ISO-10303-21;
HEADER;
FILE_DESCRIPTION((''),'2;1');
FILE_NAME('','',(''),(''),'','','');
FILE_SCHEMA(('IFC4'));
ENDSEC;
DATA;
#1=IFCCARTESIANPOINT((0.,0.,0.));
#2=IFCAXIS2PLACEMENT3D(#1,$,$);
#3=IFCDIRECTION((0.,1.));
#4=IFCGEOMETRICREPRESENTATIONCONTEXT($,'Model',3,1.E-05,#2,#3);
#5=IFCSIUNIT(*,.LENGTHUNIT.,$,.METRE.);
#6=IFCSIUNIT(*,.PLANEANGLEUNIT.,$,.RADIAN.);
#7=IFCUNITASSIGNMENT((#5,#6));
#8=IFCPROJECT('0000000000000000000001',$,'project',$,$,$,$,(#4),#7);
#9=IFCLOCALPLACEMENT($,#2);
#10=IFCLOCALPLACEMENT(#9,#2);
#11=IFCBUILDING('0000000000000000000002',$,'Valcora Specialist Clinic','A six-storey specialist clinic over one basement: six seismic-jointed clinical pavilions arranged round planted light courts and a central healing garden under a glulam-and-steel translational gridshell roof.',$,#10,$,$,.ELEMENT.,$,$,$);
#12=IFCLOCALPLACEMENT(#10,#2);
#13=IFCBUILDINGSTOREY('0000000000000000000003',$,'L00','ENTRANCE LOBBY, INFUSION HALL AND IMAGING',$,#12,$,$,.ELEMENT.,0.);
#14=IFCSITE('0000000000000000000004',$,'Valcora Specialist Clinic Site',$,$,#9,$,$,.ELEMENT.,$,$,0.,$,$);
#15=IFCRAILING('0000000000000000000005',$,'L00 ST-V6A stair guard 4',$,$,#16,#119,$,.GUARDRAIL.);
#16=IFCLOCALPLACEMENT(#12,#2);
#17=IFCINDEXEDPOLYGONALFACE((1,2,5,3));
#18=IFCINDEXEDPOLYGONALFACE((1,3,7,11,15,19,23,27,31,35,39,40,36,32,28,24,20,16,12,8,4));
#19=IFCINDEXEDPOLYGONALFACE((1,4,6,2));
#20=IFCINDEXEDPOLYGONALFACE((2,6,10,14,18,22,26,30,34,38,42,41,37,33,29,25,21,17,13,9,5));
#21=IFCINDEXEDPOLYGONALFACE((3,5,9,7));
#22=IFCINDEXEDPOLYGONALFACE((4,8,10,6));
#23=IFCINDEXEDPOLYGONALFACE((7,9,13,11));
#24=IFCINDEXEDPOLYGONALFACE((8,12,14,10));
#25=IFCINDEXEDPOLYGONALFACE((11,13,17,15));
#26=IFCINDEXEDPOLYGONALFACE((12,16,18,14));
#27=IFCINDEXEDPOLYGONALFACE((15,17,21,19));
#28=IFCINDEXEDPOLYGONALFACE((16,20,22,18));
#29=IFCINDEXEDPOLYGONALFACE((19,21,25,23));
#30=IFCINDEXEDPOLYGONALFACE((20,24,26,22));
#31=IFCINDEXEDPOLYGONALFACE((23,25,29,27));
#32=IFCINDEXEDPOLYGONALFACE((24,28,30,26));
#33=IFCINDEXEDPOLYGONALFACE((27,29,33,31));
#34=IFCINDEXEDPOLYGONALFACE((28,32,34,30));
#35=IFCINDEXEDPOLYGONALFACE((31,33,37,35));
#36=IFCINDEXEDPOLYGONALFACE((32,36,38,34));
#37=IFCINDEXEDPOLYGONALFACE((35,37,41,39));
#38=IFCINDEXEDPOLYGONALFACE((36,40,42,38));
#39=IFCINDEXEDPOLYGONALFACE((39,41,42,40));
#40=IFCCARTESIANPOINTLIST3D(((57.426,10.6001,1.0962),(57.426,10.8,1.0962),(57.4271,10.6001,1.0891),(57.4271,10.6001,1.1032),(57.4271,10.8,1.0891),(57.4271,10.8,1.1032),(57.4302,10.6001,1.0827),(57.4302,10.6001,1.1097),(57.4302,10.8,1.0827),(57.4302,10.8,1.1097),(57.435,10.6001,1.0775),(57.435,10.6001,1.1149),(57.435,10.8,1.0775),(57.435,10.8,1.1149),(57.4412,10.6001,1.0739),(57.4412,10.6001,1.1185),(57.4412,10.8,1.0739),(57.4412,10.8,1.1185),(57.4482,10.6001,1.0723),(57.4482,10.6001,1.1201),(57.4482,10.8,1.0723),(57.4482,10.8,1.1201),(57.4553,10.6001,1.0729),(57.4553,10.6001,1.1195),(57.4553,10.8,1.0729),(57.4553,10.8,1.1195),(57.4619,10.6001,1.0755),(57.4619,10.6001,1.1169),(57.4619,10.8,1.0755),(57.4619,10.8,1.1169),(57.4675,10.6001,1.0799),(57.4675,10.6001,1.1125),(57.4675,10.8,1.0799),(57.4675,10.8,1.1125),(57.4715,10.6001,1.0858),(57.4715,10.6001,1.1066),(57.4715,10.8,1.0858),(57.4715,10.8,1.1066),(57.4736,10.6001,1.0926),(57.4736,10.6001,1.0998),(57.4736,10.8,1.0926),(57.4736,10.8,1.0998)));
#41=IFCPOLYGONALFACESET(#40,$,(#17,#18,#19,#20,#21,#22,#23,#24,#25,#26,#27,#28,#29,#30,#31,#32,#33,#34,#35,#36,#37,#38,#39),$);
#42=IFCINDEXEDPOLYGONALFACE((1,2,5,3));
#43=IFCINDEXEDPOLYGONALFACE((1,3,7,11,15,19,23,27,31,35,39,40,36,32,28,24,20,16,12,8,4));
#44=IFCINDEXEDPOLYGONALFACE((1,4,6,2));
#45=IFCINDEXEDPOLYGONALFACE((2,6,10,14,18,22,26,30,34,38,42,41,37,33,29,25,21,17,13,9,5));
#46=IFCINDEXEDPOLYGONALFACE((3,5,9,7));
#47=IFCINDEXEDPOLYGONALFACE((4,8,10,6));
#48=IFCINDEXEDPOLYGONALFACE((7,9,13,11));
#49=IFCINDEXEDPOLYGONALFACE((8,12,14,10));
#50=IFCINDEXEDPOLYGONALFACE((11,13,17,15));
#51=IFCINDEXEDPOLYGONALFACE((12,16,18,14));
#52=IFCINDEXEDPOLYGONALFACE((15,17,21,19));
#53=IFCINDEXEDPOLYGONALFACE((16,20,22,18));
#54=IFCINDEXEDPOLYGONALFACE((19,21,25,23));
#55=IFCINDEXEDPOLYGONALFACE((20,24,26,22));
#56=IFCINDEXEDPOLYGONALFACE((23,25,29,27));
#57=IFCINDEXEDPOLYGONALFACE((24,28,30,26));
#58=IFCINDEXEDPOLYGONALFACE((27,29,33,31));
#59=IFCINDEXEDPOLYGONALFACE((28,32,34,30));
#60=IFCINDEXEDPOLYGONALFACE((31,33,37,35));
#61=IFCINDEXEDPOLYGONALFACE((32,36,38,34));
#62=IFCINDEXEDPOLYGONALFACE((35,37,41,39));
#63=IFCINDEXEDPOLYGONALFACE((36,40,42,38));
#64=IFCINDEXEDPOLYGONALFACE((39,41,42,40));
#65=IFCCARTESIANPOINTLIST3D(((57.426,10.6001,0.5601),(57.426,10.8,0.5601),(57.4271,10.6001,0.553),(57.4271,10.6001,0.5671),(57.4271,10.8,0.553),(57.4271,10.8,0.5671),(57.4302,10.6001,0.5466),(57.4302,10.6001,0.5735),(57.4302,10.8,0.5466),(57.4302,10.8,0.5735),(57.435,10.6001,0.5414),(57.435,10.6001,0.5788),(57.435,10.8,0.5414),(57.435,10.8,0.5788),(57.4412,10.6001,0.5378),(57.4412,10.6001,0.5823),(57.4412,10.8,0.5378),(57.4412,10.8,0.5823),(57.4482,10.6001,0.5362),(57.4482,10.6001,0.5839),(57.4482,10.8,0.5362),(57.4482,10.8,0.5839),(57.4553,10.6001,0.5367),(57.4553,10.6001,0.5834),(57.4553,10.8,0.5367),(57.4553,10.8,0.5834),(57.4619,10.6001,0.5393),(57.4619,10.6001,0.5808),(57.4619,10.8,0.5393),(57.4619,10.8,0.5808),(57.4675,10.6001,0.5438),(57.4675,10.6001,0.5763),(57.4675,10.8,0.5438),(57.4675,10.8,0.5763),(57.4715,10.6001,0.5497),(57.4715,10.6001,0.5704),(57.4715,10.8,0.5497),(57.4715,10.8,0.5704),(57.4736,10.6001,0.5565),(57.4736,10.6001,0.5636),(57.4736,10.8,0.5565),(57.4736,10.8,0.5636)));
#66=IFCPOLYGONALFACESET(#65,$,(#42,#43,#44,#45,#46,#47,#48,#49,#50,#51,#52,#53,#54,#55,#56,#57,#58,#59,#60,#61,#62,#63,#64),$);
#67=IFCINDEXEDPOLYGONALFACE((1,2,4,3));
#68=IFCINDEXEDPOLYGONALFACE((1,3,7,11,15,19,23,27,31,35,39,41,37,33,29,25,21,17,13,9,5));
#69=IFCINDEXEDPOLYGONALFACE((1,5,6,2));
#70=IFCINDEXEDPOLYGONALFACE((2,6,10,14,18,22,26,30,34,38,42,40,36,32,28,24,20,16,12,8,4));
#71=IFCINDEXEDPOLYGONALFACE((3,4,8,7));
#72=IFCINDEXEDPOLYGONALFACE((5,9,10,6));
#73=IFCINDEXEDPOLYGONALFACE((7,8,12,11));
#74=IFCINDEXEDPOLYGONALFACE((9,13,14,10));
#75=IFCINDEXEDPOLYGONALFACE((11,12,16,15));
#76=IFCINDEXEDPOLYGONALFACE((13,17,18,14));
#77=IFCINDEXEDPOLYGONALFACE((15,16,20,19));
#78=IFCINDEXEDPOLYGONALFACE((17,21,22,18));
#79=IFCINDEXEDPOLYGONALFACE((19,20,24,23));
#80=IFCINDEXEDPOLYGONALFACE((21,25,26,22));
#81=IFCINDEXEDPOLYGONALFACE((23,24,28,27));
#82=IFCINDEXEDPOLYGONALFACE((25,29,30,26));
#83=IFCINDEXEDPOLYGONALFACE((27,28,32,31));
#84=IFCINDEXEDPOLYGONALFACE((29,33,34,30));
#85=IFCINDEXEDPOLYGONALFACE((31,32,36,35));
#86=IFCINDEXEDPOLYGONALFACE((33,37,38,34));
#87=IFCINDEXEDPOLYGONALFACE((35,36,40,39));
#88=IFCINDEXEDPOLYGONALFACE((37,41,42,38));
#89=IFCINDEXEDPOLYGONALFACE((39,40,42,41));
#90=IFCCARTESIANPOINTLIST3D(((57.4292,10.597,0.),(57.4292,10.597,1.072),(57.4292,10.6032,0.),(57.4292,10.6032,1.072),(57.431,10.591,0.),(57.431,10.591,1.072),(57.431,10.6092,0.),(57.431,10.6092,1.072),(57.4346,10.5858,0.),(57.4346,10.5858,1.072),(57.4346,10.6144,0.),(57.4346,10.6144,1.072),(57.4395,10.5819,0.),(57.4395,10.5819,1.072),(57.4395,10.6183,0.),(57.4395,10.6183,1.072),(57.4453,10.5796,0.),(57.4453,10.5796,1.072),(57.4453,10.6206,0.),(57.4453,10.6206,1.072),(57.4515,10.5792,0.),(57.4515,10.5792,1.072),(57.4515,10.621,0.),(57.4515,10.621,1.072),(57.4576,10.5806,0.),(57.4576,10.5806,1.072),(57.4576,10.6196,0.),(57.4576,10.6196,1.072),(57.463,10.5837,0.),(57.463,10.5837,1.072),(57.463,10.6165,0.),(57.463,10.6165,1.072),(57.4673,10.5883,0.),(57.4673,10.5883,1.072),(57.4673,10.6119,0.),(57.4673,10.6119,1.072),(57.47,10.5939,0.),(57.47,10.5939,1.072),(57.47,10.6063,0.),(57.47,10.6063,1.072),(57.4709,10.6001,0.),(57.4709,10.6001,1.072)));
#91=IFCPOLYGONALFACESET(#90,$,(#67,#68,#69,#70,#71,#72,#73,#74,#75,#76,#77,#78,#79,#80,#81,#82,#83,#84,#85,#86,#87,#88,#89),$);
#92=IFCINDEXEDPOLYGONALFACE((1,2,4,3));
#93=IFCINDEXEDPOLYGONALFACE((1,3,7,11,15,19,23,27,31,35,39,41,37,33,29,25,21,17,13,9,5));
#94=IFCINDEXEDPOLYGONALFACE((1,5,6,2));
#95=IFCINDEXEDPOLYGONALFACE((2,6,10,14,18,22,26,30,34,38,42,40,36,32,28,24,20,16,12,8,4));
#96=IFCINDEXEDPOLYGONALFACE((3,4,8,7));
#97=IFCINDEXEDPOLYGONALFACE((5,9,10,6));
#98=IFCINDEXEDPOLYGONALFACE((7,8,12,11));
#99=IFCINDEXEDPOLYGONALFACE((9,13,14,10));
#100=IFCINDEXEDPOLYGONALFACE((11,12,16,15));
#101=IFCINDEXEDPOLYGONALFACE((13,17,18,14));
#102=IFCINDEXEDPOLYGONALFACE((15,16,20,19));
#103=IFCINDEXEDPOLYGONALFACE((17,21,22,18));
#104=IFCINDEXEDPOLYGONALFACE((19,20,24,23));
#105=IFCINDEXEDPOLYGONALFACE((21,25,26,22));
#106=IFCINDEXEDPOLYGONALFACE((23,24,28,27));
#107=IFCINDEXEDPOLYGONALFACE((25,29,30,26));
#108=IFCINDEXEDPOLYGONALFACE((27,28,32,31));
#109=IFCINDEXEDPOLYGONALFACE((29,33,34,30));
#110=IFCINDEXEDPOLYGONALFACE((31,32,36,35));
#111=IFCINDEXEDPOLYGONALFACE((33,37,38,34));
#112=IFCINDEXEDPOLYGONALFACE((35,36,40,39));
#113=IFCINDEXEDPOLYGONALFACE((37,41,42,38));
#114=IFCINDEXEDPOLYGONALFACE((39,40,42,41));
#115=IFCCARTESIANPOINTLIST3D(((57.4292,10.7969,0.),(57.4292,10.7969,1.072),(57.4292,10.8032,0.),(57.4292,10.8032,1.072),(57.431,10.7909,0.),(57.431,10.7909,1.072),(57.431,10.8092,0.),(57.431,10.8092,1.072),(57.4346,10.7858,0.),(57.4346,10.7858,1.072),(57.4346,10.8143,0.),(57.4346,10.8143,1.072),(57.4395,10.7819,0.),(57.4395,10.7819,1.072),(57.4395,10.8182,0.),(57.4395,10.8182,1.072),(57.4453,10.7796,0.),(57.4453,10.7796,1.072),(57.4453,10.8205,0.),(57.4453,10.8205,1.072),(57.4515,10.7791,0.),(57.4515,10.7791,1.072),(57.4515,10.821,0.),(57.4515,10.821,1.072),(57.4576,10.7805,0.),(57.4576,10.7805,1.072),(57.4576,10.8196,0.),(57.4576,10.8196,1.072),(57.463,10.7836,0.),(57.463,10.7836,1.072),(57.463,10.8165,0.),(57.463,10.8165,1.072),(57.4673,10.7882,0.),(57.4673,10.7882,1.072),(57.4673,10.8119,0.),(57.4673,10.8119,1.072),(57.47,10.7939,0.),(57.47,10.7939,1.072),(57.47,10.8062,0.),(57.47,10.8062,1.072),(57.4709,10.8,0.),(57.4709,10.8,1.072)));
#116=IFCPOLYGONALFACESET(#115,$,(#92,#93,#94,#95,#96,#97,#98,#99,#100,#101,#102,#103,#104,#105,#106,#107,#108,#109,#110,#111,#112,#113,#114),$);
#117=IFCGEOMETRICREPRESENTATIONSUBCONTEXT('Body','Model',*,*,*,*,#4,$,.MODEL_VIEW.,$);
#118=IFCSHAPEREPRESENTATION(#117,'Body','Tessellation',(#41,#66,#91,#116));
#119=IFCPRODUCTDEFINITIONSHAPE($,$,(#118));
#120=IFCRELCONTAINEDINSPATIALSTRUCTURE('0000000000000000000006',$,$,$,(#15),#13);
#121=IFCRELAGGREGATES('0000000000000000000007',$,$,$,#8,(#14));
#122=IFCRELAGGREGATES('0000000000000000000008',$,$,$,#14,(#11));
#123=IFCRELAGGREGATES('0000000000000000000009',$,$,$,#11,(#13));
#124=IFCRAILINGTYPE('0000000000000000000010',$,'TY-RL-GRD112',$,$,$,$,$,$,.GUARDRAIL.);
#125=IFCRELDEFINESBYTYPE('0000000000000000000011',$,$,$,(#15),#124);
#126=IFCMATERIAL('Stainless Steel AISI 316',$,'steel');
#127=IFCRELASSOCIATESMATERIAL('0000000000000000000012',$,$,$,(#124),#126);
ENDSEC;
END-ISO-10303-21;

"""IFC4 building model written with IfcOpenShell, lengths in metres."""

from ifc_helpers import new_model, si_unit, direction, frame, origin, origin_2d, place, context, subcontext, project, spatial, circle, extrude, material, type_object, element, save


model = new_model("IFC4")

# Units and contexts
model_context = context("Model", 3, precision=1e-05, world=origin(), true_north=direction((0.0, 1.0)))
body_context = subcontext(model_context, "Body", "Model", "MODEL_VIEW")
ifc_project = project(units=[si_unit("LENGTHUNIT", "METRE"), si_unit("PLANEANGLEUNIT", "RADIAN")], contexts=[model_context])

# Site, building, storey
site_placement = place(None, origin())
site = spatial("IfcSite", under=ifc_project, at=site_placement, Name="Valcora Specialist Clinic Site", CompositionType="ELEMENT", RefElevation=0.0)
building_placement = place(site_placement, origin())
building = spatial("IfcBuilding", under=site, at=building_placement, Name="Valcora Specialist Clinic", Description="A six-storey specialist clinic over one basement: six seismic-jointed clinical pavilions arranged round planted light courts and a central healing garden under a glulam-and-steel translational gridshell roof.", CompositionType="ELEMENT")
storey_placement = place(building_placement, origin())
storey = spatial("IfcBuildingStorey", under=building, at=storey_placement, Name="L00", Description="ENTRANCE LOBBY, INFUSION HALL AND IMAGING", CompositionType="ELEMENT", Elevation=0.0)

# Railing
ifc_material_1 = material(Name="Stainless Steel AISI 316", Category="steel")
railing_type_1 = type_object("IfcRailingType", Name="TY-RL-GRD112", PredefinedType="GUARDRAIL", material=ifc_material_1)
railing_1_placement = place(storey_placement, frame((57.45, 10.6001, 0.0)))
element("IfcRailing", 1, at=railing_1_placement, inside=storey, type_object=railing_type_1, Name="L00 ST-V6A stair guard 4", PredefinedType="GUARDRAIL", context=body_context, shape_type="SweptSolid", body=[
    extrude(circle(Radius=0.0239, at=origin_2d()), frame((0.0, 0.0, 1.0962), z_axis=(0.0, 1.0, 0.0), x_axis=(-1.0, 0.0, 0.0)), (0.0, 0.0, 1.0), 0.2),
    extrude(circle(Radius=0.0239, at=origin_2d()), frame((0.0, 0.0, 0.5601), z_axis=(0.0, 1.0, 0.0), x_axis=(-1.0, 0.0, 0.0)), (0.0, 0.0, 1.0), 0.2),
    extrude(circle(Radius=0.021, at=origin_2d()), origin(), (0.0, 0.0, 1.0), 1.072),
    extrude(circle(Radius=0.021, at=origin_2d()), frame((0.0, 0.2, 0.0)), (0.0, 0.0, 1.0), 1.072),
])

save(model, "model.ifc")
